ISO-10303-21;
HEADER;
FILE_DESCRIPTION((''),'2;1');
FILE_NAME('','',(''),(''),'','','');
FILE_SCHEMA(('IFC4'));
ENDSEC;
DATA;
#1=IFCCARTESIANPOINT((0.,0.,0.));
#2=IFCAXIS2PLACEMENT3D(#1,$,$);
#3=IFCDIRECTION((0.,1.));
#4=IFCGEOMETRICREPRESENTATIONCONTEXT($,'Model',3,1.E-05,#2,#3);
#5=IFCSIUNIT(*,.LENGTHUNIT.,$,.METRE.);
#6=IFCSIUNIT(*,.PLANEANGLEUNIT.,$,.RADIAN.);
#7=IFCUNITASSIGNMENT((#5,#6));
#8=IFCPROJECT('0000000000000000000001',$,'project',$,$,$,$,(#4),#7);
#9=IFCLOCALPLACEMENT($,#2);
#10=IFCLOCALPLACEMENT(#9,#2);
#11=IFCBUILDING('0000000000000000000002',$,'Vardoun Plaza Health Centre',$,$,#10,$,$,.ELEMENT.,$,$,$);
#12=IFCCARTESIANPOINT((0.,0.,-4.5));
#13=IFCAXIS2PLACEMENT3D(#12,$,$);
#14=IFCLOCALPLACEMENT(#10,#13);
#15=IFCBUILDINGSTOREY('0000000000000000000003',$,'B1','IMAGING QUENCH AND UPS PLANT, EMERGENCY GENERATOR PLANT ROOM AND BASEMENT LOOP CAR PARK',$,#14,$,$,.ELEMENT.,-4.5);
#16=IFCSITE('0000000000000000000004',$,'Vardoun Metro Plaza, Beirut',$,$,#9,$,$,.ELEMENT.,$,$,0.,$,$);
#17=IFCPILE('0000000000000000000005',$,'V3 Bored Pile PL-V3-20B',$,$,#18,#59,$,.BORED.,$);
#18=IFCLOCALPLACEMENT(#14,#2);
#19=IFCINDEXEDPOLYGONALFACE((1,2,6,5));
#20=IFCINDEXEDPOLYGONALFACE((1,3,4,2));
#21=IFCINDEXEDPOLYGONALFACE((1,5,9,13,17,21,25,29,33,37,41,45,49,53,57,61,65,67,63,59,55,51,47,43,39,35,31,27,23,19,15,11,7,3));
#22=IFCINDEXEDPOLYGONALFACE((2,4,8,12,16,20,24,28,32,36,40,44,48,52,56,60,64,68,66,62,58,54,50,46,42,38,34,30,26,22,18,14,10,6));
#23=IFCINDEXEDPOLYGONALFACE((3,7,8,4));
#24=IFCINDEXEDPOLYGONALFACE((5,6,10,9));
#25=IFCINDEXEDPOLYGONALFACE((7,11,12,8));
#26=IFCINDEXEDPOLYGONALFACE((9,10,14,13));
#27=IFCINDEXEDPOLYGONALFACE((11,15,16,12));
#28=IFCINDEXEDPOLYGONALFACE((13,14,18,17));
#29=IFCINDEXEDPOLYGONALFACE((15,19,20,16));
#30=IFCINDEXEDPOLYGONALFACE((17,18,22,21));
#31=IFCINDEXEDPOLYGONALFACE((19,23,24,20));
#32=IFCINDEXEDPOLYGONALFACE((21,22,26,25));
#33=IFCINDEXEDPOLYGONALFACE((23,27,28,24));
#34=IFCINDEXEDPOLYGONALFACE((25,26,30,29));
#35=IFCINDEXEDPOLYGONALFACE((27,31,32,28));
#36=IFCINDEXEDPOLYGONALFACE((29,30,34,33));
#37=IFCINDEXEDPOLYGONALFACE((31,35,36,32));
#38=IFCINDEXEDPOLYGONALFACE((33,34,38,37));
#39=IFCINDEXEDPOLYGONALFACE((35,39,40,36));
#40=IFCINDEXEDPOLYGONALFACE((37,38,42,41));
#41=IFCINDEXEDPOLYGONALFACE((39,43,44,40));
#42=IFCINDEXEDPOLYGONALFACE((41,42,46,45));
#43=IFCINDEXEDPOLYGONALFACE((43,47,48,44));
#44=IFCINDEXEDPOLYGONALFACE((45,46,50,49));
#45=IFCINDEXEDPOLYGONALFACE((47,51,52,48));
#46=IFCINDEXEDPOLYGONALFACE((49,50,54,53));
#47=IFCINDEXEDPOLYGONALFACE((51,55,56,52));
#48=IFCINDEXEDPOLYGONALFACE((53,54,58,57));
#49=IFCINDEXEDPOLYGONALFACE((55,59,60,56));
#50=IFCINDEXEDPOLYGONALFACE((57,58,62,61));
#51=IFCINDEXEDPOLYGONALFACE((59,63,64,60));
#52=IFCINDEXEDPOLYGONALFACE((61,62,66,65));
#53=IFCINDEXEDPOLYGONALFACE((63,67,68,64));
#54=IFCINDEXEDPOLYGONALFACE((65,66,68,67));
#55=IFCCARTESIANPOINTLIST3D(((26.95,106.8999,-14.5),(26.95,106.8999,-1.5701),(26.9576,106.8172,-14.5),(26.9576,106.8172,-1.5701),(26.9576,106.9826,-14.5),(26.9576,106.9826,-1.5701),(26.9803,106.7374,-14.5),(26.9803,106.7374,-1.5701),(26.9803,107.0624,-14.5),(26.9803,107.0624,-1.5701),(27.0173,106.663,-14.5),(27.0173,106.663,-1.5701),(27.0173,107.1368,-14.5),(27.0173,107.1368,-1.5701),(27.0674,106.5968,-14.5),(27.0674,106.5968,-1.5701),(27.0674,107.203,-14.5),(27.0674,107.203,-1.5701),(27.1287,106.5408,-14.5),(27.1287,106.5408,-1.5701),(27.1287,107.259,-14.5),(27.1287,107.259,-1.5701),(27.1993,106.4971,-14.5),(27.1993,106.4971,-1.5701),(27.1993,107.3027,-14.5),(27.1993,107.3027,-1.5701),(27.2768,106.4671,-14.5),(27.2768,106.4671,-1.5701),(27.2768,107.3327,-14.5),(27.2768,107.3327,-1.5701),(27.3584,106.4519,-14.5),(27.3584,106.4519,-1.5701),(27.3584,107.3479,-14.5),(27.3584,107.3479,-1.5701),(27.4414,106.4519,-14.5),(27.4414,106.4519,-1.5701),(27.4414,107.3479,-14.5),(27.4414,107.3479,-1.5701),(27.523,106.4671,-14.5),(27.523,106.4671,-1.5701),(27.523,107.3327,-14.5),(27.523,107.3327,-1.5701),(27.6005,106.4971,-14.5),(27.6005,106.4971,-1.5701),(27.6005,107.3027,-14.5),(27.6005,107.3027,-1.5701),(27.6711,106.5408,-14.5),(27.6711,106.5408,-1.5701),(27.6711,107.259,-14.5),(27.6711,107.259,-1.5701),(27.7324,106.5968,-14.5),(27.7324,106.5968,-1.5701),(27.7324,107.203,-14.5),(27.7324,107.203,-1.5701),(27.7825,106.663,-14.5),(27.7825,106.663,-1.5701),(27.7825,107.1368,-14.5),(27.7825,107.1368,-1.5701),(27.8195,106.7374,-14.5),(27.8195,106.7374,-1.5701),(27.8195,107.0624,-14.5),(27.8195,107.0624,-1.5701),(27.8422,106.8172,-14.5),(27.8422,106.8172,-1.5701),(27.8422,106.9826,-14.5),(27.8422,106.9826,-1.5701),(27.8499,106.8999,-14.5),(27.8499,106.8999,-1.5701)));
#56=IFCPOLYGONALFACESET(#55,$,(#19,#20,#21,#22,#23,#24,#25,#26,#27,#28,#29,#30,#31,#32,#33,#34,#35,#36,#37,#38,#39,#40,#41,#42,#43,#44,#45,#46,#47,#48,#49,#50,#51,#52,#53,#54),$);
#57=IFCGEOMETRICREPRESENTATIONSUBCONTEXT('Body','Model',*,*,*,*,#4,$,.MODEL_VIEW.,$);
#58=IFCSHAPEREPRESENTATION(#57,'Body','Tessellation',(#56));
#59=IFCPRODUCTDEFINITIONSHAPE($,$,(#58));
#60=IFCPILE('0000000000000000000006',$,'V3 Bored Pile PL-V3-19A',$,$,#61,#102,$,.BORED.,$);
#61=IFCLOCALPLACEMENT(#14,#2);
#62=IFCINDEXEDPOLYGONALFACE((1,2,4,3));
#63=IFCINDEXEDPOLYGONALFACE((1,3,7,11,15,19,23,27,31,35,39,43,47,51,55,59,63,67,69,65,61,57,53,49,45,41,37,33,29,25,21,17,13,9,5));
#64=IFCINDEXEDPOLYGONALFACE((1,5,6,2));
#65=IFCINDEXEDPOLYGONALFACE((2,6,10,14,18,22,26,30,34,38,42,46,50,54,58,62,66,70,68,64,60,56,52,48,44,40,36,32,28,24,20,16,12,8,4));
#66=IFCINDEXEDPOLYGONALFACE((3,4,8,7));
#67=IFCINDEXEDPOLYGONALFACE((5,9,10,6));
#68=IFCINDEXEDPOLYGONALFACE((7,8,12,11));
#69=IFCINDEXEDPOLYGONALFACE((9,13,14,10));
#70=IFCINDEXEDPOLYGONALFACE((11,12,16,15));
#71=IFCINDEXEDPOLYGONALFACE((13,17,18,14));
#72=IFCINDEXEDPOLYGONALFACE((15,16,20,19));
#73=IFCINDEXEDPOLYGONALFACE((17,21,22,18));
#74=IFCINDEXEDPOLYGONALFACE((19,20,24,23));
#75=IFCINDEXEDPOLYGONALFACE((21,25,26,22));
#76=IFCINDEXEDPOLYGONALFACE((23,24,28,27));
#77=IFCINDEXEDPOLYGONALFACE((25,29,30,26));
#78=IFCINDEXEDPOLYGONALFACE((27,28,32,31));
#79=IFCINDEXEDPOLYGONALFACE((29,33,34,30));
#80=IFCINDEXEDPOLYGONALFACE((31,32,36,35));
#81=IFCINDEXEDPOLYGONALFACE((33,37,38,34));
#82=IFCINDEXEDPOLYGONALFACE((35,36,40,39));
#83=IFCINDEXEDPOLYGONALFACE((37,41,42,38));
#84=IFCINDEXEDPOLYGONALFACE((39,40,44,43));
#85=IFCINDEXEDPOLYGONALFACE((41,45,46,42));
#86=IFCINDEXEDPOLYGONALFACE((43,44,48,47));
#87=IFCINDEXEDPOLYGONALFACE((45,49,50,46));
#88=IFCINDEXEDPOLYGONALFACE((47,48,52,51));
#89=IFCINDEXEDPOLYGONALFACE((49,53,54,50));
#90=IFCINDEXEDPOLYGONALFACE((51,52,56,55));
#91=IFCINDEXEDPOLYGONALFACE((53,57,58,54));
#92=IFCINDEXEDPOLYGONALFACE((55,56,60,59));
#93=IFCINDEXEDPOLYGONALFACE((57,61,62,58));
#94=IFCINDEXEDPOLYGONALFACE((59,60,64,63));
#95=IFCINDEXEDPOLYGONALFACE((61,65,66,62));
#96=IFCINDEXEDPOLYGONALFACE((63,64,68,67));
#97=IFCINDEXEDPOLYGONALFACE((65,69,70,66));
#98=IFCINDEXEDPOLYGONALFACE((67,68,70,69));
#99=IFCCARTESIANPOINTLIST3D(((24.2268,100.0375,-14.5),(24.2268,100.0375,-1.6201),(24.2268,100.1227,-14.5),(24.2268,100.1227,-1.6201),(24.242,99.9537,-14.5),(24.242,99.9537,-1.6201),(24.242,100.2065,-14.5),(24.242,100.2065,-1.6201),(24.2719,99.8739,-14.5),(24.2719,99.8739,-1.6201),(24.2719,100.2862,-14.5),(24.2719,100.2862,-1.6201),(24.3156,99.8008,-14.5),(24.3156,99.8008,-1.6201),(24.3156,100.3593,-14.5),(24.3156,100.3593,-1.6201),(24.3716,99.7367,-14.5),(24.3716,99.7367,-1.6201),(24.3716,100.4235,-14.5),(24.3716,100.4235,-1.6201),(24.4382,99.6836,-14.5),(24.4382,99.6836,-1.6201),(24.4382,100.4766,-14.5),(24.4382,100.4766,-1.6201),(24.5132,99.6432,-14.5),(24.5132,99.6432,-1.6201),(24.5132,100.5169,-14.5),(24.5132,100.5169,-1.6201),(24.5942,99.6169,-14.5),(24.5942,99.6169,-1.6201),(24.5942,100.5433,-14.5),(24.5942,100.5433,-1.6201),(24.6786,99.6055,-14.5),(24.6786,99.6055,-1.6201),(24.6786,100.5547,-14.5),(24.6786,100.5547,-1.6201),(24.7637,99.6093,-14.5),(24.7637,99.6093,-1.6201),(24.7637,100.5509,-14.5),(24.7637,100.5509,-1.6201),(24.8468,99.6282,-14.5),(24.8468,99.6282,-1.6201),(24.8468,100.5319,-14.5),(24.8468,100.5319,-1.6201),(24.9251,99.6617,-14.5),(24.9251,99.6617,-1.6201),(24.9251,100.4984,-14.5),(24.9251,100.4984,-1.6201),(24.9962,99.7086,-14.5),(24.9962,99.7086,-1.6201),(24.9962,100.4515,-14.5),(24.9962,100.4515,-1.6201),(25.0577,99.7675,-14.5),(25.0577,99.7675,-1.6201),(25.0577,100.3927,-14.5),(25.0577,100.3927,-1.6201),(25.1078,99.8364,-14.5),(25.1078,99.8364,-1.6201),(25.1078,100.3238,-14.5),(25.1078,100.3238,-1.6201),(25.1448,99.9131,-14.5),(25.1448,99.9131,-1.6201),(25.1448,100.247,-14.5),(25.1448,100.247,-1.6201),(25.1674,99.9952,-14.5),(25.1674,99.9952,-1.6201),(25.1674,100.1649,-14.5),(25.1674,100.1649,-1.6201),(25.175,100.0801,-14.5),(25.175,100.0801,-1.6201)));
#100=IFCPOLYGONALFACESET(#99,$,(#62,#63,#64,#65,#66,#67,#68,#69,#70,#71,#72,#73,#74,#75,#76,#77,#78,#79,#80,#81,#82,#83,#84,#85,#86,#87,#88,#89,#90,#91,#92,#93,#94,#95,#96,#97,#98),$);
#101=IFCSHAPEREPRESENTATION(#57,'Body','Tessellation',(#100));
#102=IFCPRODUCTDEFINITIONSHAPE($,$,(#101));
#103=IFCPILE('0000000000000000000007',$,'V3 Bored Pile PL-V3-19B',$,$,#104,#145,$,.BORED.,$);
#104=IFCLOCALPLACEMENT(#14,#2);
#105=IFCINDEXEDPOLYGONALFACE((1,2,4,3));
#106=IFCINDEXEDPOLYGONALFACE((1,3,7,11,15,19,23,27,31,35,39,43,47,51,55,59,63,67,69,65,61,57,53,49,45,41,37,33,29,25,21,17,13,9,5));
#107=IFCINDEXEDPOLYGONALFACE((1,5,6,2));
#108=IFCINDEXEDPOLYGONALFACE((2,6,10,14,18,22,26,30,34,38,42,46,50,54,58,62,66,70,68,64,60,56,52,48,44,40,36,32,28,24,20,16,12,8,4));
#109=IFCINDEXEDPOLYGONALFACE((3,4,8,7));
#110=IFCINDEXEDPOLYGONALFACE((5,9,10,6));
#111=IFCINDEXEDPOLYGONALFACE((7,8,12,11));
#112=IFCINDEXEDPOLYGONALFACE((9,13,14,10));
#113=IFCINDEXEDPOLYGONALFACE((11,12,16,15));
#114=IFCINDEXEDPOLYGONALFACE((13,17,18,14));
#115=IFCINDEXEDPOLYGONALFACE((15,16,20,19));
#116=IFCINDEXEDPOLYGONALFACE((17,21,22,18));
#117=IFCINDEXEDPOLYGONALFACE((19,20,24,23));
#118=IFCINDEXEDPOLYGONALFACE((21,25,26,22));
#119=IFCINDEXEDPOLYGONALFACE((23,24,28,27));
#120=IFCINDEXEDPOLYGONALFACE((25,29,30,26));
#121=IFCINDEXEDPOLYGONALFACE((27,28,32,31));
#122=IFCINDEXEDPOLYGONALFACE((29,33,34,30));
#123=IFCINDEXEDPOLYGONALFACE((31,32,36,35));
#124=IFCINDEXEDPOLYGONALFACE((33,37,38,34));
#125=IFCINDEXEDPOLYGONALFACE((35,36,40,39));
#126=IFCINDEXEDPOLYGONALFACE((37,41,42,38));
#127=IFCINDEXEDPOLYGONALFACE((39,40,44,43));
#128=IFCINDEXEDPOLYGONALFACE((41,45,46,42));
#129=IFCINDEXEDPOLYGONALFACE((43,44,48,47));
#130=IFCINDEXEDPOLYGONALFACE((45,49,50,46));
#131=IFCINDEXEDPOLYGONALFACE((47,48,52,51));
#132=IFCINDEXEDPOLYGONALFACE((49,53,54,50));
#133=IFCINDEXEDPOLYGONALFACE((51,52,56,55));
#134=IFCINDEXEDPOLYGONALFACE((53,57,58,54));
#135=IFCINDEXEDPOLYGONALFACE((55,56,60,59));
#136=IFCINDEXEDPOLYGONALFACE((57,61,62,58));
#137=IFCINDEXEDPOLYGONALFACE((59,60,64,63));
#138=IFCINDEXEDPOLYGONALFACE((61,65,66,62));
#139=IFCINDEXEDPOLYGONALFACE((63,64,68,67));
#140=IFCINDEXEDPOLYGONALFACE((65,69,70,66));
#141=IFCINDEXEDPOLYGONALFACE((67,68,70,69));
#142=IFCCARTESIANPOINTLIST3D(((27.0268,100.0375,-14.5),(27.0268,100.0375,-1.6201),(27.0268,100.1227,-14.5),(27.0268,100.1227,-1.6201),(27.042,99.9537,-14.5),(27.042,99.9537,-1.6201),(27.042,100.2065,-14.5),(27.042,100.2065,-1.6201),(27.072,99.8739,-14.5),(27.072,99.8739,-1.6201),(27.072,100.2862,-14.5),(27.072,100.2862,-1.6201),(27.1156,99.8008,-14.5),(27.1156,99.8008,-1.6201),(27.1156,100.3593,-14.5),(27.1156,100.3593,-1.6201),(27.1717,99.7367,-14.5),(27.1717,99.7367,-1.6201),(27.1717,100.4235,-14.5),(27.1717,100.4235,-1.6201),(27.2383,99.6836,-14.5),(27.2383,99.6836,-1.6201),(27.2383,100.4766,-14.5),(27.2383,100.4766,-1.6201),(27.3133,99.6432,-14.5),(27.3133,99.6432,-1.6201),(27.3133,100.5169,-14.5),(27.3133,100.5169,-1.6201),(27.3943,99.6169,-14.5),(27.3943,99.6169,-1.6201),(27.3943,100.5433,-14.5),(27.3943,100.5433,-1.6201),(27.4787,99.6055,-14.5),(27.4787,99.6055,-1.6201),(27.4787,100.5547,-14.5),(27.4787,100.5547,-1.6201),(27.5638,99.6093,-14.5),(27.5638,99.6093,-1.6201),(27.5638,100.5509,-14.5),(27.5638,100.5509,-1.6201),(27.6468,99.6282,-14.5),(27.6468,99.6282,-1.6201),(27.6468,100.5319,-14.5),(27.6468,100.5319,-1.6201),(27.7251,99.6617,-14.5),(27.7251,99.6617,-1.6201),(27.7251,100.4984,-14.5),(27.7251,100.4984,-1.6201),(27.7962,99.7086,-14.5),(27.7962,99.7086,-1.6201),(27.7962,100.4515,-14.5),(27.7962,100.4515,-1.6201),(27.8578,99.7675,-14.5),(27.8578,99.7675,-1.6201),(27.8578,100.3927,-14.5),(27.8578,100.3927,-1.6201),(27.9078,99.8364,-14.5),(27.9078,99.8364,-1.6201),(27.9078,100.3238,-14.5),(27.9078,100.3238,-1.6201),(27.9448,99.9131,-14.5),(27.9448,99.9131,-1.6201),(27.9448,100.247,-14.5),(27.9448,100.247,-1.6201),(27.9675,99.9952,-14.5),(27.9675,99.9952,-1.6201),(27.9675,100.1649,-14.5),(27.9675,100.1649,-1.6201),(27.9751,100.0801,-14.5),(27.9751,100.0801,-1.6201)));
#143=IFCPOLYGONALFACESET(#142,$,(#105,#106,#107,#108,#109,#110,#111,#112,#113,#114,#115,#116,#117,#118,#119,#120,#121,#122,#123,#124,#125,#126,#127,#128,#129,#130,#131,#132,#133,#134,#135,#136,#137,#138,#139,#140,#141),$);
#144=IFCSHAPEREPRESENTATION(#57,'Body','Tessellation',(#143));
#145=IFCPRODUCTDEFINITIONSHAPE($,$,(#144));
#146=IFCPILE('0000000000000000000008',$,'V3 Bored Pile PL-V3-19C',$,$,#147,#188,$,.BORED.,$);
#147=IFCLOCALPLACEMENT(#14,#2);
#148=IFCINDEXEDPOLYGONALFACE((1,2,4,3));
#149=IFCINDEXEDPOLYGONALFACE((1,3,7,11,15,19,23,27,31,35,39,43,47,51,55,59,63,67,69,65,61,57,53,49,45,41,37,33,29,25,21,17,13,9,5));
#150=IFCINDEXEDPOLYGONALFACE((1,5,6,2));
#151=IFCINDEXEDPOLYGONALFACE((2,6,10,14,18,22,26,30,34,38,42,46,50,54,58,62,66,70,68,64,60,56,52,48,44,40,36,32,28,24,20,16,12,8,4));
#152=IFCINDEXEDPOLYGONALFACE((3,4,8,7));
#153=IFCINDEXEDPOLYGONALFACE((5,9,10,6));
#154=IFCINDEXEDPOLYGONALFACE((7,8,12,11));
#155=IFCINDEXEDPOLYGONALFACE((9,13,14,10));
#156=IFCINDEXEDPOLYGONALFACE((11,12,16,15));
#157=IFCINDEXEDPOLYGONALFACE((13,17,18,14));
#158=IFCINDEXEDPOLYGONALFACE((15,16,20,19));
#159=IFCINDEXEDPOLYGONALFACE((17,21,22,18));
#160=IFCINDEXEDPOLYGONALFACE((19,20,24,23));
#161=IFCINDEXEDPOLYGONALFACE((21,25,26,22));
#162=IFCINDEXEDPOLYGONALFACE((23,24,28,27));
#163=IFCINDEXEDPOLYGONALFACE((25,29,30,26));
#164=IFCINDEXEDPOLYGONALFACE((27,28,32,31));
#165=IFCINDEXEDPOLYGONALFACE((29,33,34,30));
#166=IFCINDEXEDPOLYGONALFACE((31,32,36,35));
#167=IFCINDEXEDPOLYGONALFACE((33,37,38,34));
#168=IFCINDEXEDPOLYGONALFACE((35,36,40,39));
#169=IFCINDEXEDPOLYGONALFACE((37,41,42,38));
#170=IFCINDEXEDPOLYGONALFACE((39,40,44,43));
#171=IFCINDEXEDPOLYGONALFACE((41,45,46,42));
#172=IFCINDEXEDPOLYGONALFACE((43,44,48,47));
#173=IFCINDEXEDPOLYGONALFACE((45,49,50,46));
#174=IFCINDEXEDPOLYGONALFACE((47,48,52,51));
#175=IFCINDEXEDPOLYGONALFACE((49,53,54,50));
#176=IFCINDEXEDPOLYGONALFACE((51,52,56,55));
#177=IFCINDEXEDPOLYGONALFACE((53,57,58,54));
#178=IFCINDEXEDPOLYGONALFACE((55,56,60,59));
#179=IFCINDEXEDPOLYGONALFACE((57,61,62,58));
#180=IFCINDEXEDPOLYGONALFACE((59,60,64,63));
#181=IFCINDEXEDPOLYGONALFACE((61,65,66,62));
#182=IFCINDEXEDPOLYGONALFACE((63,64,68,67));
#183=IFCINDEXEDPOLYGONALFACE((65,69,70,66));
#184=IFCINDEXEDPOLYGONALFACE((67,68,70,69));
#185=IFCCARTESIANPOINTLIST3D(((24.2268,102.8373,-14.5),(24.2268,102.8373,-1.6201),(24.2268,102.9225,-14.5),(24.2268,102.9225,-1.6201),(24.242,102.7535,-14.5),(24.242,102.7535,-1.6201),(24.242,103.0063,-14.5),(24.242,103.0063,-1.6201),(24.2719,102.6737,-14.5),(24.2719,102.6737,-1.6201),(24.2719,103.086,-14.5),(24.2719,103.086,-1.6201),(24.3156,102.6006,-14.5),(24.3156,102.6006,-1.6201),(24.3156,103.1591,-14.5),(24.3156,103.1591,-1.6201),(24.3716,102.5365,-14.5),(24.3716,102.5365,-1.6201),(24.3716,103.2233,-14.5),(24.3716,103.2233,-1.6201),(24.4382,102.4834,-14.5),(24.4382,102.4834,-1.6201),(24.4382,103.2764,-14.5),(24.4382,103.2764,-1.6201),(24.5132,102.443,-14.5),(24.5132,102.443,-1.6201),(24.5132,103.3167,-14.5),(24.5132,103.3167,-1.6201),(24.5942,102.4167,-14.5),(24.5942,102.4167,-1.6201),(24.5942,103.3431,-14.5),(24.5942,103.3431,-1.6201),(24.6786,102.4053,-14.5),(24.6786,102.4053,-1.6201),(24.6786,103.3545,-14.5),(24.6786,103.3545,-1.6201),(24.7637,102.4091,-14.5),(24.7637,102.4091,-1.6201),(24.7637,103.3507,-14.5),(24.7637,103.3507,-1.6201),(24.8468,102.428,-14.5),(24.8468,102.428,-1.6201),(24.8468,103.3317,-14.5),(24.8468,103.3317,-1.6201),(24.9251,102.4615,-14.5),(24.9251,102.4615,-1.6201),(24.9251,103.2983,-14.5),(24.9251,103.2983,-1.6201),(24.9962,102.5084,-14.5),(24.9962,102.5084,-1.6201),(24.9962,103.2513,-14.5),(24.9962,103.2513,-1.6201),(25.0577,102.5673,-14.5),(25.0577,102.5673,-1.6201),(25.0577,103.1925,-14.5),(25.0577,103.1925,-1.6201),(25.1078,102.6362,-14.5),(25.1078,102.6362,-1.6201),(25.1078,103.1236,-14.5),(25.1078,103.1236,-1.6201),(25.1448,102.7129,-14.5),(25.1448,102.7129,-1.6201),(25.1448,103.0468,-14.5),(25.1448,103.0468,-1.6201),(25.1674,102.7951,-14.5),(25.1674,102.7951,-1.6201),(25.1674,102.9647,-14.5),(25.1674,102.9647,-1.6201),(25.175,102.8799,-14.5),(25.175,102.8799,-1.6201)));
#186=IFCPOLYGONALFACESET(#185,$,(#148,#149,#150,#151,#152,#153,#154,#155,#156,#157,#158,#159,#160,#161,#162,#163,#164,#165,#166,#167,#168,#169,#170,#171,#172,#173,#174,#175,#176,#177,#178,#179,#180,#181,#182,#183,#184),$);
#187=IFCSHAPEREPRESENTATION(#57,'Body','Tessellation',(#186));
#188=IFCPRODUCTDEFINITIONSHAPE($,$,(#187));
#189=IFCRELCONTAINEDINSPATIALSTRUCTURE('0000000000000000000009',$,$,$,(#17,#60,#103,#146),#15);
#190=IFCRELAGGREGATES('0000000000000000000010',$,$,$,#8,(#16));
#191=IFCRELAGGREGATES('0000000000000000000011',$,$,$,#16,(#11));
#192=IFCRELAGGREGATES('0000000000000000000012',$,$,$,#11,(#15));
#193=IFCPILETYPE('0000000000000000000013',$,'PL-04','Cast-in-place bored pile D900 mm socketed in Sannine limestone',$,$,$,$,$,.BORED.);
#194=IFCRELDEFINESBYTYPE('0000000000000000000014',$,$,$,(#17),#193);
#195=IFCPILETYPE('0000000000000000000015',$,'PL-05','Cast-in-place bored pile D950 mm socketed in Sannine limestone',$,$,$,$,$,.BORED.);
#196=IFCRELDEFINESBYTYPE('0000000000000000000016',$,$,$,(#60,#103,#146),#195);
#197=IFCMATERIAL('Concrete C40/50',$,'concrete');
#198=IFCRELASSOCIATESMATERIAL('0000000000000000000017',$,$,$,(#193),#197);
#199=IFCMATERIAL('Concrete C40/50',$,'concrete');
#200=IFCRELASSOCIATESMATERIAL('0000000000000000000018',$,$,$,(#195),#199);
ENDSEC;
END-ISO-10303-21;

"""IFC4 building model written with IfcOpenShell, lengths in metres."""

from ifc_helpers import new_model, si_unit, direction, frame, origin, origin_2d, place, context, subcontext, project, spatial, circle, extrude, material, material_profile, profile_set, type_object, element, save


model = new_model("IFC4")

# Units and contexts
model_context = context("Model", 3, precision=1e-05, world=origin(), true_north=direction((0.0, 1.0)))
body_context = subcontext(model_context, "Body", "Model", "MODEL_VIEW")
ifc_project = project(units=[si_unit("LENGTHUNIT", "METRE"), si_unit("PLANEANGLEUNIT", "RADIAN")], contexts=[model_context])

# Site, building, storey
site_placement = place(None, origin())
site = spatial("IfcSite", under=ifc_project, at=site_placement, Name="Vardoun Metro Plaza, Beirut", CompositionType="ELEMENT", RefElevation=0.0)
building_placement = place(site_placement, origin())
building = spatial("IfcBuilding", under=site, at=building_placement, Name="Vardoun Plaza Health Centre", CompositionType="ELEMENT")
storey_placement = place(building_placement, frame((0.0, 0.0, -4.5)))
storey = spatial("IfcBuildingStorey", under=building, at=storey_placement, Name="B1", Description="IMAGING QUENCH AND UPS PLANT, EMERGENCY GENERATOR PLANT ROOM AND BASEMENT LOOP CAR PARK", CompositionType="ELEMENT", Elevation=-4.5)

# Piles
ifc_material_1 = material(Name="Concrete C40/50", Category="concrete")
ifc_material_profile_1 = material_profile(ifc_material_1, circle(Radius=0.45, at=origin_2d()), Name="PILE D900")
ifc_profile_set_1 = profile_set([ifc_material_profile_1], Name="Concrete C40/50")
pile_type_1 = type_object("IfcPileType", Name="PL-04", Description="Cast-in-place bored pile D900 mm socketed in Sannine limestone", PredefinedType="BORED", material=ifc_profile_set_1)
for number, where, z_axis, x_axis, name in (
    (1, (27.3999, 106.8999, -1.5701), (0.0, 0.0, -1.0), (1.0, 0.0, 0.0), "V3 Bored Pile PL-V3-20B"),
):
    element("IfcPile", number, at=place(storey_placement, frame(where, z_axis=z_axis, x_axis=x_axis)), inside=storey, type_object=pile_type_1, Name=name, PredefinedType="BORED", context=body_context, shape_type="SweptSolid", body=[
        extrude(circle(Radius=0.45, at=origin_2d()), origin(), (0.0, 0.0, 1.0), 12.9299),
    ])
ifc_material_2 = material(Name="Concrete C40/50", Category="concrete")
ifc_material_profile_2 = material_profile(ifc_material_2, circle(Radius=0.4751, at=origin_2d()), Name="PILE D950")
ifc_profile_set_2 = profile_set([ifc_material_profile_2], Name="Concrete C40/50")
pile_type_2 = type_object("IfcPileType", Name="PL-05", Description="Cast-in-place bored pile D950 mm socketed in Sannine limestone", PredefinedType="BORED", material=ifc_profile_set_2)
for number, where, z_axis, x_axis, name in (
    (2, (24.7, 100.0801, -1.6201), (0.0, 0.0, -1.0), (1.0, 0.0, 0.0), "V3 Bored Pile PL-V3-19A"),
    (3, (27.5, 100.0801, -1.6201), (0.0, 0.0, -1.0), (1.0, 0.0, 0.0), "V3 Bored Pile PL-V3-19B"),
    (4, (24.7, 102.8799, -1.6201), (0.0, 0.0, -1.0), (1.0, 0.0, 0.0), "V3 Bored Pile PL-V3-19C"),
):
    element("IfcPile", number, at=place(storey_placement, frame(where, z_axis=z_axis, x_axis=x_axis)), inside=storey, type_object=pile_type_2, Name=name, PredefinedType="BORED", context=body_context, shape_type="SweptSolid", body=[
        extrude(circle(Radius=0.4751, at=origin_2d()), origin(), (0.0, 0.0, 1.0), 12.8799),
    ])

save(model, "model.ifc")
